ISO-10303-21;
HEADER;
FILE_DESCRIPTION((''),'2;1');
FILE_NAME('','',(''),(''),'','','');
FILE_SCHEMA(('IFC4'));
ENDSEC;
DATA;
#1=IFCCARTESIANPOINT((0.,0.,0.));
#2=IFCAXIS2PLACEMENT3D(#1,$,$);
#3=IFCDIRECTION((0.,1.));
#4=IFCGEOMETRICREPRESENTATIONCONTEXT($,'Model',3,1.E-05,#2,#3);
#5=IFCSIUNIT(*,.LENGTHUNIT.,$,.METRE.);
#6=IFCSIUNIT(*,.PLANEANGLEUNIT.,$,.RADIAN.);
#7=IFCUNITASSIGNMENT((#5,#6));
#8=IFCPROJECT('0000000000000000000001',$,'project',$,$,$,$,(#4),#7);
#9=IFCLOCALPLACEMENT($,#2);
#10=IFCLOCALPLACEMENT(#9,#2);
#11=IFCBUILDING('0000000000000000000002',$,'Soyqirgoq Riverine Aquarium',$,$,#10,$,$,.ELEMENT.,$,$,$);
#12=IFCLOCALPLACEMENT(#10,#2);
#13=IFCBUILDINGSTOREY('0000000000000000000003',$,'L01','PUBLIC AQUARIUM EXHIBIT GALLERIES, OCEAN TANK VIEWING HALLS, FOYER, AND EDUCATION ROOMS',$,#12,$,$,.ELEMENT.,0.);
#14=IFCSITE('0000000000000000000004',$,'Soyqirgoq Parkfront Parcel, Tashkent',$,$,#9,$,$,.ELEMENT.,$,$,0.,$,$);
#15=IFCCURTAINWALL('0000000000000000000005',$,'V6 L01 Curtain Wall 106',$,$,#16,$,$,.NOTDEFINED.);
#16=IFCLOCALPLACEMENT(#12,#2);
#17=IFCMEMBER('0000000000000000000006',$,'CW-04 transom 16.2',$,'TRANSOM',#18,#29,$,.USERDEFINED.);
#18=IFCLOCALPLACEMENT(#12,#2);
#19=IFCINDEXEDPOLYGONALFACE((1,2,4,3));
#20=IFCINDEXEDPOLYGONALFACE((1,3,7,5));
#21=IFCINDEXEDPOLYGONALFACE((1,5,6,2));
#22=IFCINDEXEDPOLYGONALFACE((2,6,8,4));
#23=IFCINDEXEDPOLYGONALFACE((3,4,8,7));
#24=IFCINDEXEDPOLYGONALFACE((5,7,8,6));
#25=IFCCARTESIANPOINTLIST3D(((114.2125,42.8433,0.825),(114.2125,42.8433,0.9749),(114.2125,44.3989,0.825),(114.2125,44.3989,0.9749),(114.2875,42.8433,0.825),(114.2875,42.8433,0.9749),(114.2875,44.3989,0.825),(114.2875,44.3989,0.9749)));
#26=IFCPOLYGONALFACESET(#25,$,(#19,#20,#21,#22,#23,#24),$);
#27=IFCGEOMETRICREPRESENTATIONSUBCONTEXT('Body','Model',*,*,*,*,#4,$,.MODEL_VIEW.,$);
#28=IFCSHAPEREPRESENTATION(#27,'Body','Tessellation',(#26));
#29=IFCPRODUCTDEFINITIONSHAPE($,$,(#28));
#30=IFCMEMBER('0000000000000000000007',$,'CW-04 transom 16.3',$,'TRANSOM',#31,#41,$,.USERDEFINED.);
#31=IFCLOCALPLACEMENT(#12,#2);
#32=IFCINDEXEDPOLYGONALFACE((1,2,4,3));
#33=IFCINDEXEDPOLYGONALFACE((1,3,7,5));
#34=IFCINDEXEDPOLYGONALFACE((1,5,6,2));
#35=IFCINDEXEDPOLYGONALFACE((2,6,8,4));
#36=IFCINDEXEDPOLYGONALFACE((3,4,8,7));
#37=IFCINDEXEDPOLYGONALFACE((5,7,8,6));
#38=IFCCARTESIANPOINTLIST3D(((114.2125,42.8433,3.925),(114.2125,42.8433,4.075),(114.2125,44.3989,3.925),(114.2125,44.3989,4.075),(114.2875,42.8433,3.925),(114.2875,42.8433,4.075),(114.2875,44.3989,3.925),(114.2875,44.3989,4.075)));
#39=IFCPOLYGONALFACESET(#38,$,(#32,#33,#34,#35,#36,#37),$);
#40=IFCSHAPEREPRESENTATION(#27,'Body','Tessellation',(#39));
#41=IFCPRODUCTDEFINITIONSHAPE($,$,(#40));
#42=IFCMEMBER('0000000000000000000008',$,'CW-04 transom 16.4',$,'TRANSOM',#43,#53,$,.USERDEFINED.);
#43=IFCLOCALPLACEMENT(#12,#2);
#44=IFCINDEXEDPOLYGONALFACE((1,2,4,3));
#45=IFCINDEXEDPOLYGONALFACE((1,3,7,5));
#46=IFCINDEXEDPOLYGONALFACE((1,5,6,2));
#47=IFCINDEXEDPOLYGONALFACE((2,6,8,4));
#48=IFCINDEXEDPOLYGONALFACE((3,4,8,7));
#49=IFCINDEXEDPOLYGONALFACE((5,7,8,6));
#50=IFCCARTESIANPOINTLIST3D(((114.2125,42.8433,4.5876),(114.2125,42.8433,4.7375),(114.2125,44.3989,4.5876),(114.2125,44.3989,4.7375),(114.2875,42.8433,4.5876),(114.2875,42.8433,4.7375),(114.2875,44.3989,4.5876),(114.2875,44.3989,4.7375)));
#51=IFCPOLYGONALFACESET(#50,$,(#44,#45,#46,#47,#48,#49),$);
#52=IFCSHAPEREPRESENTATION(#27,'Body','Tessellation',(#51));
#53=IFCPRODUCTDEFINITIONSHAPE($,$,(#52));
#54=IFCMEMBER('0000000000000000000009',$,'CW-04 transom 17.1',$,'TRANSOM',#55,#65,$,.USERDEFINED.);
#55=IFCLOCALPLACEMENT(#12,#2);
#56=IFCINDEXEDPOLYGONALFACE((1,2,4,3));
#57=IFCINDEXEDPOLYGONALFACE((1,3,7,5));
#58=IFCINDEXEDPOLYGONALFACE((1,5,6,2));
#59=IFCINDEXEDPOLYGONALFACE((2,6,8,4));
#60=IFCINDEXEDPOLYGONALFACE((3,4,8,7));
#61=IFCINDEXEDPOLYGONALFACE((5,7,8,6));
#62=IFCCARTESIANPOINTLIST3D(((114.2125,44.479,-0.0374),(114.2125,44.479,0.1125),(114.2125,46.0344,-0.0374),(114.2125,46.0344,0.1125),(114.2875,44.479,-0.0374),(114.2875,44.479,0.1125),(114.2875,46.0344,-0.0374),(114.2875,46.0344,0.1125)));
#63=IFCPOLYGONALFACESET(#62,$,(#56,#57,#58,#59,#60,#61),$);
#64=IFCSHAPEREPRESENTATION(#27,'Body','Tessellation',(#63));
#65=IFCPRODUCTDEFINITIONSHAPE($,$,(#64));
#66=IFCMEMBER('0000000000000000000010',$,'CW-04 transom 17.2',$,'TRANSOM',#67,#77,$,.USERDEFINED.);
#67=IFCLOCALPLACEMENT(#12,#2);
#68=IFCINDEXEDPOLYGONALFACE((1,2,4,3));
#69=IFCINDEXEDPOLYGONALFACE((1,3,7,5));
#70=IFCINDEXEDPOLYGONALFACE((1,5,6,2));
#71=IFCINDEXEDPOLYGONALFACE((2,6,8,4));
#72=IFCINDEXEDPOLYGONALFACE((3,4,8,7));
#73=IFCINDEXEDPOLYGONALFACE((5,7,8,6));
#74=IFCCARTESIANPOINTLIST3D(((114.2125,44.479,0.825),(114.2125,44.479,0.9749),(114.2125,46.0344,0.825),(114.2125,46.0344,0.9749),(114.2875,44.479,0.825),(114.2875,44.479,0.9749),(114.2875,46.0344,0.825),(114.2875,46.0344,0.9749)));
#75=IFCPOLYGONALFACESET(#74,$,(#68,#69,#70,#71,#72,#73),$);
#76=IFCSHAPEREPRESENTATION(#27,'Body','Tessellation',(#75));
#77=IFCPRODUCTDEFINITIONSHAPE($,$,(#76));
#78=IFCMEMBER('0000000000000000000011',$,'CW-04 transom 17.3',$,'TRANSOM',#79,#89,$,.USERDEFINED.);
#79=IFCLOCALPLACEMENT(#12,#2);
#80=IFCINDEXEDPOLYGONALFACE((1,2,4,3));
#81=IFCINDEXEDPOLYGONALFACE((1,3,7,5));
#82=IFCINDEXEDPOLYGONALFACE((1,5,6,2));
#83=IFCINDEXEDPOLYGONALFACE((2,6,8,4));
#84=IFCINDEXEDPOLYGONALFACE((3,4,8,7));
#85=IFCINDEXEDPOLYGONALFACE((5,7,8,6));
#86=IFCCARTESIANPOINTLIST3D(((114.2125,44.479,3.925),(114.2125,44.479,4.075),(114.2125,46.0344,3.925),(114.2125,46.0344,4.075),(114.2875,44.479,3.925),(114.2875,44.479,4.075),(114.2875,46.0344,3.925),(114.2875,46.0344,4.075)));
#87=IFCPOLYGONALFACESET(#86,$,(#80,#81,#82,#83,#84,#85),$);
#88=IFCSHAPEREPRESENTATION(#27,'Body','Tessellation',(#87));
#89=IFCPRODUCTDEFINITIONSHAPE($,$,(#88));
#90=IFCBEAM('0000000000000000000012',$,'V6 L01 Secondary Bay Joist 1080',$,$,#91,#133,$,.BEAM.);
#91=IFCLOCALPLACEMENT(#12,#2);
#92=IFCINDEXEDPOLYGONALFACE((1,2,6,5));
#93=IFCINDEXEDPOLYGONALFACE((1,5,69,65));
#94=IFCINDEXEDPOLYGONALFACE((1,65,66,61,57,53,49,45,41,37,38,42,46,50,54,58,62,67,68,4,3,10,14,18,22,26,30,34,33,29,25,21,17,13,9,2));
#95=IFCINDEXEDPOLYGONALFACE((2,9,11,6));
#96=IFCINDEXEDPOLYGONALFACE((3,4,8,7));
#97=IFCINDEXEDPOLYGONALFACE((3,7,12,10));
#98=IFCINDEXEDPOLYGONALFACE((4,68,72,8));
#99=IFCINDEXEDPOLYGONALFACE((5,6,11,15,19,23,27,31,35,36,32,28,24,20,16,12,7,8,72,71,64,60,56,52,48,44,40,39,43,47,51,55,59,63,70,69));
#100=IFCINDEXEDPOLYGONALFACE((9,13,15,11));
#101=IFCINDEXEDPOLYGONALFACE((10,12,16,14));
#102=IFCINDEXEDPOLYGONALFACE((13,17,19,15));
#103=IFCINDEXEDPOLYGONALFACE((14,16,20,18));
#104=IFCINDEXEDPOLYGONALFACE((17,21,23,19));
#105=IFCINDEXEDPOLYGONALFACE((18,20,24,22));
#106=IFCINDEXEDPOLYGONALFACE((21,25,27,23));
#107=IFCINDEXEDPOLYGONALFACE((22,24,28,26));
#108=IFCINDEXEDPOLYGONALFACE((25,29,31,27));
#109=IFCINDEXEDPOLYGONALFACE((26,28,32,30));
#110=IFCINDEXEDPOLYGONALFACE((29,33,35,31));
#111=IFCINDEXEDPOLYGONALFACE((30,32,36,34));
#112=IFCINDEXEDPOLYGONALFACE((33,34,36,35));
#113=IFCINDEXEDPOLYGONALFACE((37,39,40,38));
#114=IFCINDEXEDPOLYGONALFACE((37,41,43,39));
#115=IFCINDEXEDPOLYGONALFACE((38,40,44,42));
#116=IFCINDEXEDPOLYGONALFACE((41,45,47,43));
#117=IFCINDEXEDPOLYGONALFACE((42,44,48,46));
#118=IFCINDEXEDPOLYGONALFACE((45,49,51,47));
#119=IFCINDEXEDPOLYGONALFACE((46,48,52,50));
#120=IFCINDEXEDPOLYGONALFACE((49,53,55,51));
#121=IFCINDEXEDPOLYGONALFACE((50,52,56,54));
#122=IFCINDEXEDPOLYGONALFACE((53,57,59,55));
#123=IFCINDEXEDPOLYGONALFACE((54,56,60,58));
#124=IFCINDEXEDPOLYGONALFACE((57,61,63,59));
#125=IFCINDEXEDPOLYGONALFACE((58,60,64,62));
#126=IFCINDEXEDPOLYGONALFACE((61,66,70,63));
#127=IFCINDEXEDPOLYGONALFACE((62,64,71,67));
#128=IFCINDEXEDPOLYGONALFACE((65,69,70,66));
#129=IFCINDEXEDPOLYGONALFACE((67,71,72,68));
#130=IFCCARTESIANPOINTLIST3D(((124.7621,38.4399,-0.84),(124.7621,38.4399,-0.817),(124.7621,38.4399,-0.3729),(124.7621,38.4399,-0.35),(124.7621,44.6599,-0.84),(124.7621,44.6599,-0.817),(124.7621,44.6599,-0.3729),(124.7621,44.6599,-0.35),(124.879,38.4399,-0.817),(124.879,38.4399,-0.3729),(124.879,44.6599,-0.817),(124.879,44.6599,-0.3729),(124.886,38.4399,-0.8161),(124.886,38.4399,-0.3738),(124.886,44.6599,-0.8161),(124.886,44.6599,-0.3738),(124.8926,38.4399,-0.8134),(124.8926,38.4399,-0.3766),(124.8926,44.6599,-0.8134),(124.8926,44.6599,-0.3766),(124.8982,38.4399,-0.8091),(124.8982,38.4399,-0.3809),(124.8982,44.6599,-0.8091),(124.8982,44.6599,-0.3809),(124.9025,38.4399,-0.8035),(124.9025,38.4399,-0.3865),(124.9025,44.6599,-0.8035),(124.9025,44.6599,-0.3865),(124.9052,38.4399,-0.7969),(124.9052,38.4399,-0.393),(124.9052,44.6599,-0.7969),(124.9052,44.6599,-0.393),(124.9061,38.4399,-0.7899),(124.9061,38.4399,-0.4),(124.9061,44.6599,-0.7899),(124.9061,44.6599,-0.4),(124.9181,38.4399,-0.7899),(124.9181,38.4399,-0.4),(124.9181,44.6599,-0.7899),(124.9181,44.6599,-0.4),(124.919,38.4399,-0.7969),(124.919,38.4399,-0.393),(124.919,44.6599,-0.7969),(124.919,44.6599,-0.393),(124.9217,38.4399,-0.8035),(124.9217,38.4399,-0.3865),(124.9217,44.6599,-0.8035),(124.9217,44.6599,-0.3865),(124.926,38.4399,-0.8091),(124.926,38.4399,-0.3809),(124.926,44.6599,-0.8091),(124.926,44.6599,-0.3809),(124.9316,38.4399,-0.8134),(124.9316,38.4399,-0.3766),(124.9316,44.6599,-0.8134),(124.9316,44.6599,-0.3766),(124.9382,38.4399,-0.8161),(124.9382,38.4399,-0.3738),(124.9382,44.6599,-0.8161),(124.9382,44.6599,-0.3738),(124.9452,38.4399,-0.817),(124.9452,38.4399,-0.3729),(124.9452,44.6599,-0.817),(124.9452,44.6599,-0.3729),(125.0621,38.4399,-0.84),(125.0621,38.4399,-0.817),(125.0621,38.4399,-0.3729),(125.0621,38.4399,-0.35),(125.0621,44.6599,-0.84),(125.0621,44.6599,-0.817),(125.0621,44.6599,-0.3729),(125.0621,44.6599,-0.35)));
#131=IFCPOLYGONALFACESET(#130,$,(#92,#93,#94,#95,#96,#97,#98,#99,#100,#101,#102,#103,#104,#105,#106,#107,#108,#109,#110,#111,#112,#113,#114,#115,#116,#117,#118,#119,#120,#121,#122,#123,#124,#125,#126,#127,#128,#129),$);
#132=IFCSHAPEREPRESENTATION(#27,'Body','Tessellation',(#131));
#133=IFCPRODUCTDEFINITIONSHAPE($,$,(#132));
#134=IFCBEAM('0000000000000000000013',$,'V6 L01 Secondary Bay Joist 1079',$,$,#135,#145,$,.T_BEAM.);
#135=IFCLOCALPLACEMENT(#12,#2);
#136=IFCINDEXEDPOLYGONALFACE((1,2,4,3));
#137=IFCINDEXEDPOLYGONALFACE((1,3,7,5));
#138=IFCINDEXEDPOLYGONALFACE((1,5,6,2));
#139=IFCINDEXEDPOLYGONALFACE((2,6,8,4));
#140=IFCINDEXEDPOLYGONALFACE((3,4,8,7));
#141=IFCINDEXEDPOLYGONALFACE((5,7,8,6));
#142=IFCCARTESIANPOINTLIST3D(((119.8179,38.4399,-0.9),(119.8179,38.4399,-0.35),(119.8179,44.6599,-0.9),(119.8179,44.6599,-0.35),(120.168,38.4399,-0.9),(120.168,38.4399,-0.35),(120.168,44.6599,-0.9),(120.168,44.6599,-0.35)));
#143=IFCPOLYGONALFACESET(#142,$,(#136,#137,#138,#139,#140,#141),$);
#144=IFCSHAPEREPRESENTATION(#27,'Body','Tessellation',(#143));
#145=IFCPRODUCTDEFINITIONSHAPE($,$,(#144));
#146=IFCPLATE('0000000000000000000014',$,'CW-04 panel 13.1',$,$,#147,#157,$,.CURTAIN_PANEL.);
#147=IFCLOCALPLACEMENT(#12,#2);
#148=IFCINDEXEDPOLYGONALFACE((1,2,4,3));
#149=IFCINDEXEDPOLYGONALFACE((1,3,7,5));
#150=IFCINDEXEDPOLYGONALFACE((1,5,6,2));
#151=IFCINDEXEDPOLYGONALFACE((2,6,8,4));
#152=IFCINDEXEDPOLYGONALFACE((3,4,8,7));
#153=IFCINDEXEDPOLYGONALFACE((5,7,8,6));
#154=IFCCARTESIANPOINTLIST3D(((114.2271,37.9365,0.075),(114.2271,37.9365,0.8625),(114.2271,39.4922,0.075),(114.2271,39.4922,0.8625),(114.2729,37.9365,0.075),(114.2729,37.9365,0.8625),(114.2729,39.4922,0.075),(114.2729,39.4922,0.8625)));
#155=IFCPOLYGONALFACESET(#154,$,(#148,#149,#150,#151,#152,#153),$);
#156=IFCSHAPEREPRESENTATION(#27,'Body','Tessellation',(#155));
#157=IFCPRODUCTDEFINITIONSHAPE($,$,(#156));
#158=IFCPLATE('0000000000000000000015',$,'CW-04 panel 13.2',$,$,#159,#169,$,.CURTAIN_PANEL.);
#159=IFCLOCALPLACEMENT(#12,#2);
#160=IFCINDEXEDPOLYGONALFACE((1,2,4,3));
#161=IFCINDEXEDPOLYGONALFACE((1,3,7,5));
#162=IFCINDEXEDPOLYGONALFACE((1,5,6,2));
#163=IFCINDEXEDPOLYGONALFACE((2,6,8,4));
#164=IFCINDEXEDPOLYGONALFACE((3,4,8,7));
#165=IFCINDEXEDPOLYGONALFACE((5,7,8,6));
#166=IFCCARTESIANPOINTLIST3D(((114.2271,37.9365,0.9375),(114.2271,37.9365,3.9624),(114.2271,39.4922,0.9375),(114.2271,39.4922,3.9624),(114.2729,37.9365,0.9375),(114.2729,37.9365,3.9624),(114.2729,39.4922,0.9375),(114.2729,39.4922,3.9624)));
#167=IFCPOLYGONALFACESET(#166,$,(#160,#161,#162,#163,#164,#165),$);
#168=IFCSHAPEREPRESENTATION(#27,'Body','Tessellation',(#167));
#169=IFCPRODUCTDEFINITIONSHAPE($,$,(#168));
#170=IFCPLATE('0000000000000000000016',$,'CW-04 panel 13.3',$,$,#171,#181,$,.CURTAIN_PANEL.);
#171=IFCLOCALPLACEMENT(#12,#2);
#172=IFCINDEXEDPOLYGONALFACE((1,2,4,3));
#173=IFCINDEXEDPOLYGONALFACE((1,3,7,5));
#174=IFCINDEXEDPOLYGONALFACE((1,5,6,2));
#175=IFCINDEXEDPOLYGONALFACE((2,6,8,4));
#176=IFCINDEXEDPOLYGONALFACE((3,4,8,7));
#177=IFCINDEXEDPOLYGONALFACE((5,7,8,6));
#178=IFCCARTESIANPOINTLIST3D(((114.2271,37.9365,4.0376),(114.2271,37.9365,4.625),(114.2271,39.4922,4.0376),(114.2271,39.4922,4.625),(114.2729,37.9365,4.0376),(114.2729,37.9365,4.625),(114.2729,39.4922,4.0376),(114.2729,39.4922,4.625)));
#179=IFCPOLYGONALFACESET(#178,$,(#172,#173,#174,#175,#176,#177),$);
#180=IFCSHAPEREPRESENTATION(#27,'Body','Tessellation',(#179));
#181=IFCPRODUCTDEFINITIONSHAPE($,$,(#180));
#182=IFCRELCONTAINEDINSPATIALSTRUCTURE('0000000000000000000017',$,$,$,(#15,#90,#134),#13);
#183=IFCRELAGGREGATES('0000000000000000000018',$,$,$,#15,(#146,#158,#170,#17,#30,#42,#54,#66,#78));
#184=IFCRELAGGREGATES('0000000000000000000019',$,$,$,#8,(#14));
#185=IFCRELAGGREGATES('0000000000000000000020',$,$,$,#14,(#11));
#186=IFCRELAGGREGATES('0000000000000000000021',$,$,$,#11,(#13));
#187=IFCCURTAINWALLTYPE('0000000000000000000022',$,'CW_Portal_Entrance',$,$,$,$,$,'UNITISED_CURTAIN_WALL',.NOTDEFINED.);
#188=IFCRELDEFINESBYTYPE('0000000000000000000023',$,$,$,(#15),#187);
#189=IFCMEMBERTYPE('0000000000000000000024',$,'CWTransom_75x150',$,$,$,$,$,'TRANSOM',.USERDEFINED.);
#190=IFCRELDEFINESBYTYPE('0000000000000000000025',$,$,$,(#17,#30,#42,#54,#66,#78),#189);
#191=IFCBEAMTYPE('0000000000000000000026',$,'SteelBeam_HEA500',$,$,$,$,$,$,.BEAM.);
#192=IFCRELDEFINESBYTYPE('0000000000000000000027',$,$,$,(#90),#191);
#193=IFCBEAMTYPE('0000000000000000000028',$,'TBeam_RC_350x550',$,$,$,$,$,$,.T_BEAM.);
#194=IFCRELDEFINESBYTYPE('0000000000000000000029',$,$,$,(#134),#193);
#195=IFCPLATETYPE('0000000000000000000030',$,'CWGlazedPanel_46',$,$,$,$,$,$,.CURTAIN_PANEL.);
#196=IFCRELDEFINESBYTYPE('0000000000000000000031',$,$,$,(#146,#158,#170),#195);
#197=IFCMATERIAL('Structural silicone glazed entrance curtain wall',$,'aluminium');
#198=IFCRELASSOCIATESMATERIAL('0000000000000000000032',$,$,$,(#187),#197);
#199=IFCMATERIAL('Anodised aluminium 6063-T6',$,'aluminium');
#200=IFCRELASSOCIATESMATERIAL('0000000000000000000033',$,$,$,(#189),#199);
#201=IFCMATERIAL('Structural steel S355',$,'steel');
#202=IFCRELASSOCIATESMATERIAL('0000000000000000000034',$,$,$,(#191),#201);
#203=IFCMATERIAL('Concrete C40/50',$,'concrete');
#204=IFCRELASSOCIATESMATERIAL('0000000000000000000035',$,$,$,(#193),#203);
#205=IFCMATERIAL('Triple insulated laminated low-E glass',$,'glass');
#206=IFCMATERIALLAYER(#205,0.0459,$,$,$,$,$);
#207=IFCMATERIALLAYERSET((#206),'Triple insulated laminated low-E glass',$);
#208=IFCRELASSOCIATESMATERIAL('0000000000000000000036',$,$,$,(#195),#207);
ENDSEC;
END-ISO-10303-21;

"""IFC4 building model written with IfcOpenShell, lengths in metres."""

from ifc_helpers import new_model, si_unit, direction, frame, origin, origin_2d, place, context, subcontext, project, spatial, rectangle, i_section, extrude, material, layer, layer_set, material_profile, profile_set, type_object, element, aggregate, save


model = new_model("IFC4")

# Units and contexts
model_context = context("Model", 3, precision=1e-05, world=origin(), true_north=direction((0.0, 1.0)))
body_context = subcontext(model_context, "Body", "Model", "MODEL_VIEW")
ifc_project = project(units=[si_unit("LENGTHUNIT", "METRE"), si_unit("PLANEANGLEUNIT", "RADIAN")], contexts=[model_context])

# Site, building, storey
site_placement = place(None, origin())
site = spatial("IfcSite", under=ifc_project, at=site_placement, Name="Soyqirgoq Parkfront Parcel, Tashkent", CompositionType="ELEMENT", RefElevation=0.0)
building_placement = place(site_placement, origin())
building = spatial("IfcBuilding", under=site, at=building_placement, Name="Soyqirgoq Riverine Aquarium", CompositionType="ELEMENT")
storey_placement = place(building_placement, origin())
storey = spatial("IfcBuildingStorey", under=building, at=storey_placement, Name="L01", Description="PUBLIC AQUARIUM EXHIBIT GALLERIES, OCEAN TANK VIEWING HALLS, FOYER, AND EDUCATION ROOMS", CompositionType="ELEMENT", Elevation=0.0)

# Curtain wall, members
ifc_material_1 = material(Name="Structural silicone glazed entrance curtain wall", Category="aluminium")
curtain_wall_type = type_object("IfcCurtainWallType", Name="CW_Portal_Entrance", ElementType="UNITISED_CURTAIN_WALL", PredefinedType="NOTDEFINED", material=ifc_material_1)
curtain_wall_placement = place(storey_placement, origin())
curtain_wall = element("IfcCurtainWall", 1, at=curtain_wall_placement, inside=storey, type_object=curtain_wall_type, Name="V6 L01 Curtain Wall 106", PredefinedType="NOTDEFINED")
ifc_material_2 = material(Name="Anodised aluminium 6063-T6", Category="aluminium")
ifc_material_profile_1 = material_profile(ifc_material_2, rectangle(XDim=0.075, YDim=0.1499, at=origin_2d()), Name="ALU-T 75x150")
ifc_profile_set_1 = profile_set([ifc_material_profile_1], Name="Anodised aluminium 6063-T6")
member_type_1 = type_object("IfcMemberType", Name="CWTransom_75x150", ElementType="TRANSOM", PredefinedType="USERDEFINED", material=ifc_profile_set_1)
member_1_placement = place(storey_placement, frame((114.25, 42.8433, 0.8999), z_axis=(0.0, 1.0, 0.0), x_axis=(-1.0, 0.0, 0.0)))
member_1 = element("IfcMember", 2, at=member_1_placement, type_object=member_type_1, Name="CW-04 transom 16.2", ObjectType="TRANSOM", PredefinedType="USERDEFINED", context=body_context, shape_type="SweptSolid", body=[
    extrude(rectangle(XDim=0.075, YDim=0.1499, at=origin_2d()), origin(), (0.0, 0.0, 1.0), 1.5557),
])
member_2_placement = place(storey_placement, frame((114.25, 42.8433, 4.0), z_axis=(0.0, 1.0, 0.0), x_axis=(-1.0, 0.0, 0.0)))
member_2 = element("IfcMember", 3, at=member_2_placement, type_object=member_type_1, Name="CW-04 transom 16.3", ObjectType="TRANSOM", PredefinedType="USERDEFINED", context=body_context, shape_type="SweptSolid", body=[
    extrude(rectangle(XDim=0.075, YDim=0.1499, at=origin_2d()), origin(), (0.0, 0.0, 1.0), 1.5557),
])
member_3_placement = place(storey_placement, frame((114.25, 42.8433, 4.6626), z_axis=(0.0, 1.0, 0.0), x_axis=(-1.0, 0.0, 0.0)))
member_3 = element("IfcMember", 4, at=member_3_placement, type_object=member_type_1, Name="CW-04 transom 16.4", ObjectType="TRANSOM", PredefinedType="USERDEFINED", context=body_context, shape_type="SweptSolid", body=[
    extrude(rectangle(XDim=0.075, YDim=0.1499, at=origin_2d()), origin(), (0.0, 0.0, 1.0), 1.5557),
])
member_4_placement = place(storey_placement, frame((114.25, 44.479, 0.0376), z_axis=(0.0, 1.0, 0.0), x_axis=(-1.0, 0.0, 0.0)))
member_4 = element("IfcMember", 5, at=member_4_placement, type_object=member_type_1, Name="CW-04 transom 17.1", ObjectType="TRANSOM", PredefinedType="USERDEFINED", context=body_context, shape_type="SweptSolid", body=[
    extrude(rectangle(XDim=0.075, YDim=0.1499, at=origin_2d()), origin(), (0.0, 0.0, 1.0), 1.5554),
])
member_5_placement = place(storey_placement, frame((114.25, 44.479, 0.8999), z_axis=(0.0, 1.0, 0.0), x_axis=(-1.0, 0.0, 0.0)))
member_5 = element("IfcMember", 6, at=member_5_placement, type_object=member_type_1, Name="CW-04 transom 17.2", ObjectType="TRANSOM", PredefinedType="USERDEFINED", context=body_context, shape_type="SweptSolid", body=[
    extrude(rectangle(XDim=0.075, YDim=0.1499, at=origin_2d()), origin(), (0.0, 0.0, 1.0), 1.5554),
])
member_6_placement = place(storey_placement, frame((114.25, 44.479, 4.0), z_axis=(0.0, 1.0, 0.0), x_axis=(-1.0, 0.0, 0.0)))
member_6 = element("IfcMember", 7, at=member_6_placement, type_object=member_type_1, Name="CW-04 transom 17.3", ObjectType="TRANSOM", PredefinedType="USERDEFINED", context=body_context, shape_type="SweptSolid", body=[
    extrude(rectangle(XDim=0.075, YDim=0.1499, at=origin_2d()), origin(), (0.0, 0.0, 1.0), 1.5554),
])

# Beams
ifc_material_3 = material(Name="Structural steel S355", Category="steel")
ifc_material_profile_2 = material_profile(ifc_material_3, i_section(OverallWidth=0.3, OverallDepth=0.49, WebThickness=0.012, FlangeThickness=0.0229, FilletRadius=0.0271, at=origin_2d()), Name="HEA 500")
ifc_profile_set_2 = profile_set([ifc_material_profile_2], Name="Structural steel S355")
beam_type_1 = type_object("IfcBeamType", Name="SteelBeam_HEA500", PredefinedType="BEAM", material=ifc_profile_set_2)
beam_1_placement = place(storey_placement, frame((124.9121, 38.4399, -0.595), z_axis=(0.0, 1.0, 0.0), x_axis=(-1.0, 0.0, 0.0)))
element("IfcBeam", 8, at=beam_1_placement, inside=storey, type_object=beam_type_1, Name="V6 L01 Secondary Bay Joist 1080", PredefinedType="BEAM", context=body_context, shape_type="SweptSolid", body=[
    extrude(i_section(OverallWidth=0.3, OverallDepth=0.49, WebThickness=0.012, FlangeThickness=0.0229, FilletRadius=0.0271, at=origin_2d()), origin(), (0.0, 0.0, 1.0), 6.22),
])
ifc_material_4 = material(Name="Concrete C40/50", Category="concrete")
ifc_material_profile_3 = material_profile(ifc_material_4, rectangle(XDim=0.3501, YDim=0.55, at=origin_2d()), Name="RC 350x550")
ifc_profile_set_3 = profile_set([ifc_material_profile_3], Name="Concrete C40/50")
beam_type_2 = type_object("IfcBeamType", Name="TBeam_RC_350x550", PredefinedType="T_BEAM", material=ifc_profile_set_3)
beam_2_placement = place(storey_placement, frame((119.9929, 38.4399, -0.625), z_axis=(0.0, 1.0, 0.0), x_axis=(-1.0, 0.0, 0.0)))
element("IfcBeam", 9, at=beam_2_placement, inside=storey, type_object=beam_type_2, Name="V6 L01 Secondary Bay Joist 1079", PredefinedType="T_BEAM", context=body_context, shape_type="SweptSolid", body=[
    extrude(rectangle(XDim=0.3501, YDim=0.55, at=origin_2d()), origin(), (0.0, 0.0, 1.0), 6.22),
])

# Plates
ifc_material_5 = material(Name="Triple insulated laminated low-E glass", Category="glass")
ifc_layer = layer(ifc_material_5, 0.0459)
ifc_layer_set = layer_set([ifc_layer], Name="Triple insulated laminated low-E glass")
plate_type = type_object("IfcPlateType", Name="CWGlazedPanel_46", PredefinedType="CURTAIN_PANEL", material=ifc_layer_set)
plate_1_placement = place(storey_placement, frame((114.25, 38.7144, 0.075), z_axis=(0.0, 0.0, 1.0), x_axis=(0.0, 1.0, 0.0)))
plate_1 = element("IfcPlate", 10, at=plate_1_placement, type_object=plate_type, Name="CW-04 panel 13.1", PredefinedType="CURTAIN_PANEL", context=body_context, shape_type="SweptSolid", body=[
    extrude(rectangle(XDim=1.5557, YDim=0.0459, at=origin_2d()), origin(), (0.0, 0.0, 1.0), 0.7876),
])
plate_2_placement = place(storey_placement, frame((114.25, 38.7144, 0.9375), z_axis=(0.0, 0.0, 1.0), x_axis=(0.0, 1.0, 0.0)))
plate_2 = element("IfcPlate", 11, at=plate_2_placement, type_object=plate_type, Name="CW-04 panel 13.2", PredefinedType="CURTAIN_PANEL", context=body_context, shape_type="SweptSolid", body=[
    extrude(rectangle(XDim=1.5557, YDim=0.0459, at=origin_2d()), origin(), (0.0, 0.0, 1.0), 3.0249),
])
plate_3_placement = place(storey_placement, frame((114.25, 38.7144, 4.0376), z_axis=(0.0, 0.0, 1.0), x_axis=(0.0, 1.0, 0.0)))
plate_3 = element("IfcPlate", 12, at=plate_3_placement, type_object=plate_type, Name="CW-04 panel 13.3", PredefinedType="CURTAIN_PANEL", context=body_context, shape_type="SweptSolid", body=[
    extrude(rectangle(XDim=1.5557, YDim=0.0459, at=origin_2d()), origin(), (0.0, 0.0, 1.0), 0.5874),
])
aggregate(curtain_wall, [plate_1, plate_2, plate_3, member_1, member_2, member_3, member_4, member_5, member_6])

save(model, "model.ifc")
